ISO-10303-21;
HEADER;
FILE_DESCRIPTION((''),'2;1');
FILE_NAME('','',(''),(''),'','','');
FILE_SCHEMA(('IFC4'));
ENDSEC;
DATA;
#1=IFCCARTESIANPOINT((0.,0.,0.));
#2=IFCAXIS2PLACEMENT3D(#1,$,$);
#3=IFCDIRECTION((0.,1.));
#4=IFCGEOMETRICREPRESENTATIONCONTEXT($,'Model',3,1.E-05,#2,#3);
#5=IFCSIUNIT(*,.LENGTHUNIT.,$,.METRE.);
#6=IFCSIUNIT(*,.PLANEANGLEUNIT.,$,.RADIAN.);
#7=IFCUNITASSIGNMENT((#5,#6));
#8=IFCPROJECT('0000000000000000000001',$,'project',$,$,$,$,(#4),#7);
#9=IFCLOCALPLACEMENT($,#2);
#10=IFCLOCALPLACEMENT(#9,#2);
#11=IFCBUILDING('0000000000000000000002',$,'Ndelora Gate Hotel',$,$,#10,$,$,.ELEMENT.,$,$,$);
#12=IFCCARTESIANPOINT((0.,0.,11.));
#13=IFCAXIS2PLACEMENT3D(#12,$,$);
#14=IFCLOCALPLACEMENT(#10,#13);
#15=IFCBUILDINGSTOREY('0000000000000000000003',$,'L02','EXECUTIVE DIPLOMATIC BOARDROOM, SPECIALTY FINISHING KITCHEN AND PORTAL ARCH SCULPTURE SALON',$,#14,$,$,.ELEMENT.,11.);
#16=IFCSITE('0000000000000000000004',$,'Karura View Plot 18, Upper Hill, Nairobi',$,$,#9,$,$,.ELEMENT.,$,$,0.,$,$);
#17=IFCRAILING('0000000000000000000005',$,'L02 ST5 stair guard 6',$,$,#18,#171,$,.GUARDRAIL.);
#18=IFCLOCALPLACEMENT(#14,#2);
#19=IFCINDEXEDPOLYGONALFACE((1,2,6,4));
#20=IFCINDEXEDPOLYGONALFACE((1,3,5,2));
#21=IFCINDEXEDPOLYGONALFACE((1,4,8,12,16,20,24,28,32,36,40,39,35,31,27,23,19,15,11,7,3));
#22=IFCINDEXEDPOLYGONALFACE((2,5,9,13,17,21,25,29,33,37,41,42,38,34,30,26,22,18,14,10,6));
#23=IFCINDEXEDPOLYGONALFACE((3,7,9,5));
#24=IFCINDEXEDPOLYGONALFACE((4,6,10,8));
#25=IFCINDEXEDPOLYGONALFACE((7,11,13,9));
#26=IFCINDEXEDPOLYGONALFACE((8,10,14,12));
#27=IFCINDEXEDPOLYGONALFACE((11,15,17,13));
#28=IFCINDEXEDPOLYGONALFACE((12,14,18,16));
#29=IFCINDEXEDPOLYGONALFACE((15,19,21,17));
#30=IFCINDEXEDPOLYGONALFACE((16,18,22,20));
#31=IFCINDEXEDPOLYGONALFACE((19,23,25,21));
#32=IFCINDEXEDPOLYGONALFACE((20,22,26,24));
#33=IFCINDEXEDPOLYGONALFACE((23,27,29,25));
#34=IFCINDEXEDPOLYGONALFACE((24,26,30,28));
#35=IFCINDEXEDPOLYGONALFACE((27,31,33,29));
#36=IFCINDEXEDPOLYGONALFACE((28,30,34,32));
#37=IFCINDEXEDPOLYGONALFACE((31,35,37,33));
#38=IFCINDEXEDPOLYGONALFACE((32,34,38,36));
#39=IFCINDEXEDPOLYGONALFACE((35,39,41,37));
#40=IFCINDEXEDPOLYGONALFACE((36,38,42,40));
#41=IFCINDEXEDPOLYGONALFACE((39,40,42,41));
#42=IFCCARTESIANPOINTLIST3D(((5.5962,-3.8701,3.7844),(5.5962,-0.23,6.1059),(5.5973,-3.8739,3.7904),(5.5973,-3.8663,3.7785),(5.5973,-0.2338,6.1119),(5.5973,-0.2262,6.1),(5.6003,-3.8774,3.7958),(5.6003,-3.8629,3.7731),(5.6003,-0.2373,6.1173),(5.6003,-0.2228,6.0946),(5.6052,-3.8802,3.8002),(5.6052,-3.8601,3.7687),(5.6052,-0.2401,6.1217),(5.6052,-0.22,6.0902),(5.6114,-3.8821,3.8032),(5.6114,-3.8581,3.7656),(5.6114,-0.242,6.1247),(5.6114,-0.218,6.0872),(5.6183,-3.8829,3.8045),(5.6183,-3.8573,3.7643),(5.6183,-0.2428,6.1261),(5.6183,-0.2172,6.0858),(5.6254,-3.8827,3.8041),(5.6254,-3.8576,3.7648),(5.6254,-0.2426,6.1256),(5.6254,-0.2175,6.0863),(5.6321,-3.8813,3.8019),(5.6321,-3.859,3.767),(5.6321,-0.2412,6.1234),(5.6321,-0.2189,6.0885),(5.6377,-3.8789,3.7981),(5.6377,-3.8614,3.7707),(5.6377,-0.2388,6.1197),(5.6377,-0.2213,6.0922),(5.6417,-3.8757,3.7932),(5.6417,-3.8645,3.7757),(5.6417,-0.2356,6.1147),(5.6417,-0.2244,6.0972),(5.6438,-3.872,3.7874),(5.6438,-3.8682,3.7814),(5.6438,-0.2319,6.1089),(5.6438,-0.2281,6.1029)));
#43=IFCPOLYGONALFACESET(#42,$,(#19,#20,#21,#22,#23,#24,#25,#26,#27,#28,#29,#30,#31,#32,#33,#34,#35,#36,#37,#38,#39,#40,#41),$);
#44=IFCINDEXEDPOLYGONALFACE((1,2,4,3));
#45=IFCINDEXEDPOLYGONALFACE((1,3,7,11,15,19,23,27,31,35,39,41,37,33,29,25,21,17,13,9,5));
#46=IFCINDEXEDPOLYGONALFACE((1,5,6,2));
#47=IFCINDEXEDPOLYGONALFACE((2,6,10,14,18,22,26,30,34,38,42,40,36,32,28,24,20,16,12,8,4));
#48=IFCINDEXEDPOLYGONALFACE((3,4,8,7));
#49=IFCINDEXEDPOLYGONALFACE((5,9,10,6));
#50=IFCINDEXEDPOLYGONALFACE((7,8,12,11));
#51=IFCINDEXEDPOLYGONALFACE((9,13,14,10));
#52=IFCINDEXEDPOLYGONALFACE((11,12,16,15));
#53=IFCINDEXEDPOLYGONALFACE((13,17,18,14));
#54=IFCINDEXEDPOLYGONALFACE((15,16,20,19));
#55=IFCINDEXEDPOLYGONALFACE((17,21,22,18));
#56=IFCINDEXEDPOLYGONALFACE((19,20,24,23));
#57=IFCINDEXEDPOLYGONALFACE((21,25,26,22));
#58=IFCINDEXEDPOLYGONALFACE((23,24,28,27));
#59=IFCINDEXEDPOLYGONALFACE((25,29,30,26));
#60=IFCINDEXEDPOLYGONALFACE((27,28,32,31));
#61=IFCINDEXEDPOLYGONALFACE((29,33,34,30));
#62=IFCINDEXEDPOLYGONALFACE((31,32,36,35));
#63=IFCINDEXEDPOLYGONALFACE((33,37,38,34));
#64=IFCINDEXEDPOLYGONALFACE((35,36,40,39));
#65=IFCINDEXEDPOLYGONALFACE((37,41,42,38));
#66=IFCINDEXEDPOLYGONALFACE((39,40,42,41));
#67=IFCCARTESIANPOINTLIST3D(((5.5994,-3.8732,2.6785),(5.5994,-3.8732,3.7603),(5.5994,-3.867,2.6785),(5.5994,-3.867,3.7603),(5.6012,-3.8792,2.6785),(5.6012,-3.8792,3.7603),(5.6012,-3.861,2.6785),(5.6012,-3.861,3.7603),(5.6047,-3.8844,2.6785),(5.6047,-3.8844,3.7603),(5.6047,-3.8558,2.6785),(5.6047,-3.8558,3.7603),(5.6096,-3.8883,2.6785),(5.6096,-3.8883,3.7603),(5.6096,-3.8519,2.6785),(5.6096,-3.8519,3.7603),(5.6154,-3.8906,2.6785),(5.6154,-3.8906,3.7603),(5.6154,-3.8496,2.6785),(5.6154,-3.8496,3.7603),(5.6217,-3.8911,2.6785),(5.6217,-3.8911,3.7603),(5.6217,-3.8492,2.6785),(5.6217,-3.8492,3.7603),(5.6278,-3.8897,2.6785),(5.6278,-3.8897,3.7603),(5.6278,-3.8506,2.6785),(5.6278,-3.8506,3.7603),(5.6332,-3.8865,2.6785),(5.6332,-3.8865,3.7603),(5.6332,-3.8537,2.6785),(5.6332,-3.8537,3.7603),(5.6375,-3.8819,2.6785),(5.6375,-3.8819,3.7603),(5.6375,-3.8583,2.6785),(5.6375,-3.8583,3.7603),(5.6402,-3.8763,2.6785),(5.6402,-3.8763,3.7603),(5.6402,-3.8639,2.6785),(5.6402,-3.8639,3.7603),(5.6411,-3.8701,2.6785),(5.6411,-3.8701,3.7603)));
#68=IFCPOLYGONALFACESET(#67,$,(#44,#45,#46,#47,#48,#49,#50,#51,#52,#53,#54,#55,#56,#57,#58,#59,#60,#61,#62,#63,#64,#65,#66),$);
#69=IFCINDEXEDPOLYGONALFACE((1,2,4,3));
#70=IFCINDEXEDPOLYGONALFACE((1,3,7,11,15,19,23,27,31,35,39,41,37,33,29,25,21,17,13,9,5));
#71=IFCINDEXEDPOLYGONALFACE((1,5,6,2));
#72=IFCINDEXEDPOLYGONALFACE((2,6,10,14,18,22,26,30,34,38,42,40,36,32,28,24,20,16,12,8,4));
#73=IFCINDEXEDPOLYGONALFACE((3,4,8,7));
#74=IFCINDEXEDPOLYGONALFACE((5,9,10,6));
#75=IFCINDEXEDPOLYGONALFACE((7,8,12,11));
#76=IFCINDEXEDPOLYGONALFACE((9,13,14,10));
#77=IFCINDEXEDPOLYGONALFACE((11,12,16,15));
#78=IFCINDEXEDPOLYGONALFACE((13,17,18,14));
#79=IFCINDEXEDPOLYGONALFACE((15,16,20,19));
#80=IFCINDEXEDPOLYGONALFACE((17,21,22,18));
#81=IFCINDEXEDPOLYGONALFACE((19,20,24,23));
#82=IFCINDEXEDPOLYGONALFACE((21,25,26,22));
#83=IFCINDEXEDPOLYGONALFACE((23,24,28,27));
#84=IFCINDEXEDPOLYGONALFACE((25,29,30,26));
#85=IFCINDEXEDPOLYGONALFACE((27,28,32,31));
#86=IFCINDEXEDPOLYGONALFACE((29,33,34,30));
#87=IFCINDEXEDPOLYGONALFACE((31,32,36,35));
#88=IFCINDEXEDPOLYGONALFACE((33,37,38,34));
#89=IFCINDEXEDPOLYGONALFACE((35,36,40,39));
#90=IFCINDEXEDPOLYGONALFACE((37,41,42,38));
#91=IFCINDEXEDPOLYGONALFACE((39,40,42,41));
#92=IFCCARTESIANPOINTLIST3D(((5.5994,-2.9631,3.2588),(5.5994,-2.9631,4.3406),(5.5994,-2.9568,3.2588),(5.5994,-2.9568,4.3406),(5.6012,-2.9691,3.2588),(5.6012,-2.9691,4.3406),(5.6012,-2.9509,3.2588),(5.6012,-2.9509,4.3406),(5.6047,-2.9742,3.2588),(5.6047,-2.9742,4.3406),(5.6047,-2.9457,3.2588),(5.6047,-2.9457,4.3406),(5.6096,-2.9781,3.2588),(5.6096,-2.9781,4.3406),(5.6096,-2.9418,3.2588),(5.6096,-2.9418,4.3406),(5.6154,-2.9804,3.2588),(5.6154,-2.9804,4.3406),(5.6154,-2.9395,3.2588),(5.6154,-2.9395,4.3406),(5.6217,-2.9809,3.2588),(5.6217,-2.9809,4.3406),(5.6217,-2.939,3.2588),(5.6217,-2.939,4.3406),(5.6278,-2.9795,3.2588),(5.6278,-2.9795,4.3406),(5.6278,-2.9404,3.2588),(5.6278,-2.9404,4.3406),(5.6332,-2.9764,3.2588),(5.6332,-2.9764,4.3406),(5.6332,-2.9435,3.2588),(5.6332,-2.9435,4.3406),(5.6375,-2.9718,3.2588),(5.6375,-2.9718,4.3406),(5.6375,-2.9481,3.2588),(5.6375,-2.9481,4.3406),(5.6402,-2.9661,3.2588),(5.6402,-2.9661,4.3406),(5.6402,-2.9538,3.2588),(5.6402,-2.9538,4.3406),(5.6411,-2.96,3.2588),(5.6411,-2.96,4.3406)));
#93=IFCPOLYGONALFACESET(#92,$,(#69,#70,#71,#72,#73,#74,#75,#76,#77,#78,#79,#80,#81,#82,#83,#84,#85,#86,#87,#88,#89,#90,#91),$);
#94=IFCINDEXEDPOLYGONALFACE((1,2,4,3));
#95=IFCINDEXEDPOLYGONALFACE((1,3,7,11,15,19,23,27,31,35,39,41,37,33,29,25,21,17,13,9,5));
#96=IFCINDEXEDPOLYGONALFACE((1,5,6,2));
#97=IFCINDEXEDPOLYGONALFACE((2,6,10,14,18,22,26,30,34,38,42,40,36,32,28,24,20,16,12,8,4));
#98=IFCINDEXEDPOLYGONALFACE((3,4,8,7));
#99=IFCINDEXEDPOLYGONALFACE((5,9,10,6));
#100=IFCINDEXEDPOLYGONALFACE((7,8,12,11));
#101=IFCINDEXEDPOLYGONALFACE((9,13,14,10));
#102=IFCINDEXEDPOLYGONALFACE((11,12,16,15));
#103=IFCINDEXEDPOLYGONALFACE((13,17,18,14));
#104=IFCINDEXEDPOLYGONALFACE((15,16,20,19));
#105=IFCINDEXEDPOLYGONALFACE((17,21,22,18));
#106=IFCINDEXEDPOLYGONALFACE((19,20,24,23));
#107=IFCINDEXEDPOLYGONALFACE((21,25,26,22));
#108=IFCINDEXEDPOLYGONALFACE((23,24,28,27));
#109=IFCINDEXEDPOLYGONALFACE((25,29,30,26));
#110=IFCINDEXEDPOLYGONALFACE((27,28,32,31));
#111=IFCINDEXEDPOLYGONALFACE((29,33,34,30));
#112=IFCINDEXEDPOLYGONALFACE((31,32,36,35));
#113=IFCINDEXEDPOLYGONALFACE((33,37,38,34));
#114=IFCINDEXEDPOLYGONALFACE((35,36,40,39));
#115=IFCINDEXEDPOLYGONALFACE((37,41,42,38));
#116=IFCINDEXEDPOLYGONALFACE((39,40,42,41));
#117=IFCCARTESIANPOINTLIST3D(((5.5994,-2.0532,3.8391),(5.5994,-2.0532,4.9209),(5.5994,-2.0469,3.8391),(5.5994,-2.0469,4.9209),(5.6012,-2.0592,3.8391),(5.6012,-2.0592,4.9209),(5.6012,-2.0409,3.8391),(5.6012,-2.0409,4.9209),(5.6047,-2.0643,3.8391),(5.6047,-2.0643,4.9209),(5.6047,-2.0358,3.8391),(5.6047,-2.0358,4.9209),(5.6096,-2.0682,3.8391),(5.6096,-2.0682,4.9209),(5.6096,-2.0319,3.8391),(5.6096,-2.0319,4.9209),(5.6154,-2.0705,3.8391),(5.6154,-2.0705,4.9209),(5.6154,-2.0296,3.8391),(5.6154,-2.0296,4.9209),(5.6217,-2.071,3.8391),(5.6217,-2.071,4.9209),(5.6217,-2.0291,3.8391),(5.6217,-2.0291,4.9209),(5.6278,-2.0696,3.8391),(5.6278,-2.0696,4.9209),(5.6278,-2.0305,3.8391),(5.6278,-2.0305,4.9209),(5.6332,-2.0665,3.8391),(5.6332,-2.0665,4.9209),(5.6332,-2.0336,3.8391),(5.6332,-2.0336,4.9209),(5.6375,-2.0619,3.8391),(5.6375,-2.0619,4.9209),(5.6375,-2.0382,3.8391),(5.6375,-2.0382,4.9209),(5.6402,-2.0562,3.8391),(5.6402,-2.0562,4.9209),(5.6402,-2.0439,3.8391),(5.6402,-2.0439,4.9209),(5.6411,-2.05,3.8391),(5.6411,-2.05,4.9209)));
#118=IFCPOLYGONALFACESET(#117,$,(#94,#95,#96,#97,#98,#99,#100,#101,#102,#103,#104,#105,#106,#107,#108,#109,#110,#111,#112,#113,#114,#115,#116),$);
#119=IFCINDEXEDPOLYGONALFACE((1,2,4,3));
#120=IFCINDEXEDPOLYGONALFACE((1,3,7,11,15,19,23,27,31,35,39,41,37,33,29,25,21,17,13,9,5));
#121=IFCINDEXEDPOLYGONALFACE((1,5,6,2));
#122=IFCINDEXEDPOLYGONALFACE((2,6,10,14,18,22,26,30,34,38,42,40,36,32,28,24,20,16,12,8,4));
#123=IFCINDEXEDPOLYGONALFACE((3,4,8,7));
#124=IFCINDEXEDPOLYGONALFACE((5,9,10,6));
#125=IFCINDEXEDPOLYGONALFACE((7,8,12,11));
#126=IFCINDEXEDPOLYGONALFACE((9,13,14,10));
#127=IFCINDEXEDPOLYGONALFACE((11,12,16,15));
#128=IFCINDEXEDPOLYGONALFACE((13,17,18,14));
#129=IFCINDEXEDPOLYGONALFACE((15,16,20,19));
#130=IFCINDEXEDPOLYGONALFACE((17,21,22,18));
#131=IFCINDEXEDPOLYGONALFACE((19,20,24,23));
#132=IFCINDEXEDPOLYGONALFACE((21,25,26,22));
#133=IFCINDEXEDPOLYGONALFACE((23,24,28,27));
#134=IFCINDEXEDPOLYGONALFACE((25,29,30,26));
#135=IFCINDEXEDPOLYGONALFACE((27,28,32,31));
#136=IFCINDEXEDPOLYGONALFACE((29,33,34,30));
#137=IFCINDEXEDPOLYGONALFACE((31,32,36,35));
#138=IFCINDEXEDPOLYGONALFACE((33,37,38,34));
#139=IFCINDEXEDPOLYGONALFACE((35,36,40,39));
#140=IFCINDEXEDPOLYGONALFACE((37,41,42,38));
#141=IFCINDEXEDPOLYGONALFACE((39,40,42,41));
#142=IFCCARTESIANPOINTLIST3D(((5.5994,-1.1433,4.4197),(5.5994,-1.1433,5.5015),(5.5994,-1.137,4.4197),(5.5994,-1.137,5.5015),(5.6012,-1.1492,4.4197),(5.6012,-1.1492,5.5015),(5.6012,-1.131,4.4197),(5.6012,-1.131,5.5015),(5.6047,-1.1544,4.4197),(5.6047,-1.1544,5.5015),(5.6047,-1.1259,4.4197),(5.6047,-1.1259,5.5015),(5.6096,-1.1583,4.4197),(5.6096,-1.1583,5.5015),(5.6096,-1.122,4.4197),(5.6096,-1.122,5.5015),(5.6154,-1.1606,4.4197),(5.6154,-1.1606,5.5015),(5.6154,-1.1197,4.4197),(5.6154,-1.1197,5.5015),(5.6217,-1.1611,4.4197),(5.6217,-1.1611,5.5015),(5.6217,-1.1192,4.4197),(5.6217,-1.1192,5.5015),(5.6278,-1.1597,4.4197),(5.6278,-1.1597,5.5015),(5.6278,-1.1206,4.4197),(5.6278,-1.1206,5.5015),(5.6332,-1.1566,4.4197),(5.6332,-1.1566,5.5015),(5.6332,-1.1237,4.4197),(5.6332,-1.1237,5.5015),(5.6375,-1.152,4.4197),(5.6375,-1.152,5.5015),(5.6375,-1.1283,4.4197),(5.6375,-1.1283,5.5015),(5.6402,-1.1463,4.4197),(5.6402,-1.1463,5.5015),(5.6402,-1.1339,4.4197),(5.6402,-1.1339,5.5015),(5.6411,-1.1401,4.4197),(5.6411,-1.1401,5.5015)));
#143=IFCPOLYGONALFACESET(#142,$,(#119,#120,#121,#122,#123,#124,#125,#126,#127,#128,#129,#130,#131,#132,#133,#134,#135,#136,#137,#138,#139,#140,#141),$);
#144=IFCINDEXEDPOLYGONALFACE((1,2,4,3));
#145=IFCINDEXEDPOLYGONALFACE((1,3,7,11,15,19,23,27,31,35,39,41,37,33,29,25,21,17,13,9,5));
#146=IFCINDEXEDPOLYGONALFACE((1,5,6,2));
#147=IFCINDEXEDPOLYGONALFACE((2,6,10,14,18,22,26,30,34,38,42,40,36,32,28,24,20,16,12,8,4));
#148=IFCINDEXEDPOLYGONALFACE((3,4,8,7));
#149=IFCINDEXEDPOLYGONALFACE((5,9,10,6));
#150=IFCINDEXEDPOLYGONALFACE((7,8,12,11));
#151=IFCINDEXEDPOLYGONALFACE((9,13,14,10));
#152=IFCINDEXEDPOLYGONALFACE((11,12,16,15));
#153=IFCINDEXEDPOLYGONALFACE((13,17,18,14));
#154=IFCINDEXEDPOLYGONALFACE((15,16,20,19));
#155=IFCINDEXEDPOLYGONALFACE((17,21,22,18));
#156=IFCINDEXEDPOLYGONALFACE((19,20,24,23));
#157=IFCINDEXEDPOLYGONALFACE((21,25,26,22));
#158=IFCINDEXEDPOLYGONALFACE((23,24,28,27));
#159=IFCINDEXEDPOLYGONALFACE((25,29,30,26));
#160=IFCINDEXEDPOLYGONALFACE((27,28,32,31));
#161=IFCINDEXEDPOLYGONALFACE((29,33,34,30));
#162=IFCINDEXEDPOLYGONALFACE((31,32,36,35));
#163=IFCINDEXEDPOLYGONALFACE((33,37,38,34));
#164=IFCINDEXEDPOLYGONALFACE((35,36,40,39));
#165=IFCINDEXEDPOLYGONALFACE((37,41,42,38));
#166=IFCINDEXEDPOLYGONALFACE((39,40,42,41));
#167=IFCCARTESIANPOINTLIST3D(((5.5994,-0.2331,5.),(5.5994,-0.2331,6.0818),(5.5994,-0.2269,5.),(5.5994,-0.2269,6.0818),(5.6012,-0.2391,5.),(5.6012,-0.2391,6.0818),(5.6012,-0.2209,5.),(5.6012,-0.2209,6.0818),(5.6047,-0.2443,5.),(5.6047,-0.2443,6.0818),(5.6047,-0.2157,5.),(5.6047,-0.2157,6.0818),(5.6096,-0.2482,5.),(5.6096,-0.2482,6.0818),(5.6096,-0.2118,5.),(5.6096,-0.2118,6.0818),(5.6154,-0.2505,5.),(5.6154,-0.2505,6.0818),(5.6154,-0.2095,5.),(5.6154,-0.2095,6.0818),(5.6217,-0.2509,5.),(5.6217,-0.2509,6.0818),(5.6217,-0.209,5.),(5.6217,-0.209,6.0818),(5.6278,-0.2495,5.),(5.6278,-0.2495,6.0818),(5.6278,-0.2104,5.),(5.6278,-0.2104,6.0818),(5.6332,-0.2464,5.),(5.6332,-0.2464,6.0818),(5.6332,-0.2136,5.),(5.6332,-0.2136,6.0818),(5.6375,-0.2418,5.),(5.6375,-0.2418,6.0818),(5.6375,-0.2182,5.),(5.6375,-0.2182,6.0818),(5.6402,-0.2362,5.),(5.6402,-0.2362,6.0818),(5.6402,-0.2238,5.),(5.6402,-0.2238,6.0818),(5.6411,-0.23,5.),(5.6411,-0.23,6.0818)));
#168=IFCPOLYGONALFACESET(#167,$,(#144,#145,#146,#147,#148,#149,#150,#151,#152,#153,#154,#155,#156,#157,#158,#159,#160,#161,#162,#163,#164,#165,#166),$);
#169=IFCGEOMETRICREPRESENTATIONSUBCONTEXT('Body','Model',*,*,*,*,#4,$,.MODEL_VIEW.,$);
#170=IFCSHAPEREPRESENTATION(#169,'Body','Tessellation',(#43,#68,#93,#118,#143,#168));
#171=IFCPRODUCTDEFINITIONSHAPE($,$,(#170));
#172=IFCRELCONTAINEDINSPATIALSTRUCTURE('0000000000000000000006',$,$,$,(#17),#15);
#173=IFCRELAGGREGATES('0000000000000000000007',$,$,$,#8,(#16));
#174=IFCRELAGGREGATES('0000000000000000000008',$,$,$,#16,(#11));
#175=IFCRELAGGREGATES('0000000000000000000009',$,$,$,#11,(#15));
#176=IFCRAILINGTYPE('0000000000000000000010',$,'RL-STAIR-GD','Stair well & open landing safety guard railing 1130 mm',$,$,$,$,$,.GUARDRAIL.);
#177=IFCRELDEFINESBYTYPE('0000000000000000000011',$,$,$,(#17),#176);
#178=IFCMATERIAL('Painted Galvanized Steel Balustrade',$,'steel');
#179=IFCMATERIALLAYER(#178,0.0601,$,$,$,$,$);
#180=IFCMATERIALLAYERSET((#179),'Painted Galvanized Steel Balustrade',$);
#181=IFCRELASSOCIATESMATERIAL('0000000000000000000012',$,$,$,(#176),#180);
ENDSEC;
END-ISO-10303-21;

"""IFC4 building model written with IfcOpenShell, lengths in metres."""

from ifc_helpers import new_model, si_unit, direction, frame, origin, origin_2d, place, context, subcontext, project, spatial, circle, extrude, material, layer, layer_set, type_object, element, save


model = new_model("IFC4")

# Units and contexts
model_context = context("Model", 3, precision=1e-05, world=origin(), true_north=direction((0.0, 1.0)))
body_context = subcontext(model_context, "Body", "Model", "MODEL_VIEW")
ifc_project = project(units=[si_unit("LENGTHUNIT", "METRE"), si_unit("PLANEANGLEUNIT", "RADIAN")], contexts=[model_context])

# Site, building, storey
site_placement = place(None, origin())
site = spatial("IfcSite", under=ifc_project, at=site_placement, Name="Karura View Plot 18, Upper Hill, Nairobi", CompositionType="ELEMENT", RefElevation=0.0)
building_placement = place(site_placement, origin())
building = spatial("IfcBuilding", under=site, at=building_placement, Name="Ndelora Gate Hotel", CompositionType="ELEMENT")
storey_placement = place(building_placement, frame((0.0, 0.0, 11.0)))
storey = spatial("IfcBuildingStorey", under=building, at=storey_placement, Name="L02", Description="EXECUTIVE DIPLOMATIC BOARDROOM, SPECIALTY FINISHING KITCHEN AND PORTAL ARCH SCULPTURE SALON", CompositionType="ELEMENT", Elevation=11.0)

# Railing
ifc_material_1 = material(Name="Painted Galvanized Steel Balustrade", Category="steel")
ifc_layer_1 = layer(ifc_material_1, 0.0601)
ifc_layer_set_1 = layer_set([ifc_layer_1], Name="Painted Galvanized Steel Balustrade")
railing_type_1 = type_object("IfcRailingType", Name="RL-STAIR-GD", Description="Stair well & open landing safety guard railing 1130 mm", PredefinedType="GUARDRAIL", material=ifc_layer_set_1)
railing_1_placement = place(storey_placement, frame((5.6201, -3.8701, 2.6785)))
element("IfcRailing", 1, at=railing_1_placement, inside=storey, type_object=railing_type_1, Name="L02 ST5 stair guard 6", PredefinedType="GUARDRAIL", context=body_context, shape_type="SweptSolid", body=[
    extrude(circle(Radius=0.0239, at=origin_2d()), frame((0.0, 0.0, 1.106), z_axis=(0.0, 0.843128, 0.537713), x_axis=(-1.0, 0.0, 0.0)), (0.0, 0.0, 1.0), 4.3174),
    extrude(circle(Radius=0.021, at=origin_2d()), origin(), (0.0, 0.0, 1.0), 1.0818),
    extrude(circle(Radius=0.021, at=origin_2d()), frame((0.0, 0.9102, 0.5803)), (0.0, 0.0, 1.0), 1.0818),
    extrude(circle(Radius=0.021, at=origin_2d()), frame((0.0, 1.8201, 1.1606)), (0.0, 0.0, 1.0), 1.0818),
    extrude(circle(Radius=0.021, at=origin_2d()), frame((0.0, 2.73, 1.7412)), (0.0, 0.0, 1.0), 1.0818),
    extrude(circle(Radius=0.021, at=origin_2d()), frame((0.0, 3.6401, 2.3215)), (0.0, 0.0, 1.0), 1.0818),
])

save(model, "model.ifc")
